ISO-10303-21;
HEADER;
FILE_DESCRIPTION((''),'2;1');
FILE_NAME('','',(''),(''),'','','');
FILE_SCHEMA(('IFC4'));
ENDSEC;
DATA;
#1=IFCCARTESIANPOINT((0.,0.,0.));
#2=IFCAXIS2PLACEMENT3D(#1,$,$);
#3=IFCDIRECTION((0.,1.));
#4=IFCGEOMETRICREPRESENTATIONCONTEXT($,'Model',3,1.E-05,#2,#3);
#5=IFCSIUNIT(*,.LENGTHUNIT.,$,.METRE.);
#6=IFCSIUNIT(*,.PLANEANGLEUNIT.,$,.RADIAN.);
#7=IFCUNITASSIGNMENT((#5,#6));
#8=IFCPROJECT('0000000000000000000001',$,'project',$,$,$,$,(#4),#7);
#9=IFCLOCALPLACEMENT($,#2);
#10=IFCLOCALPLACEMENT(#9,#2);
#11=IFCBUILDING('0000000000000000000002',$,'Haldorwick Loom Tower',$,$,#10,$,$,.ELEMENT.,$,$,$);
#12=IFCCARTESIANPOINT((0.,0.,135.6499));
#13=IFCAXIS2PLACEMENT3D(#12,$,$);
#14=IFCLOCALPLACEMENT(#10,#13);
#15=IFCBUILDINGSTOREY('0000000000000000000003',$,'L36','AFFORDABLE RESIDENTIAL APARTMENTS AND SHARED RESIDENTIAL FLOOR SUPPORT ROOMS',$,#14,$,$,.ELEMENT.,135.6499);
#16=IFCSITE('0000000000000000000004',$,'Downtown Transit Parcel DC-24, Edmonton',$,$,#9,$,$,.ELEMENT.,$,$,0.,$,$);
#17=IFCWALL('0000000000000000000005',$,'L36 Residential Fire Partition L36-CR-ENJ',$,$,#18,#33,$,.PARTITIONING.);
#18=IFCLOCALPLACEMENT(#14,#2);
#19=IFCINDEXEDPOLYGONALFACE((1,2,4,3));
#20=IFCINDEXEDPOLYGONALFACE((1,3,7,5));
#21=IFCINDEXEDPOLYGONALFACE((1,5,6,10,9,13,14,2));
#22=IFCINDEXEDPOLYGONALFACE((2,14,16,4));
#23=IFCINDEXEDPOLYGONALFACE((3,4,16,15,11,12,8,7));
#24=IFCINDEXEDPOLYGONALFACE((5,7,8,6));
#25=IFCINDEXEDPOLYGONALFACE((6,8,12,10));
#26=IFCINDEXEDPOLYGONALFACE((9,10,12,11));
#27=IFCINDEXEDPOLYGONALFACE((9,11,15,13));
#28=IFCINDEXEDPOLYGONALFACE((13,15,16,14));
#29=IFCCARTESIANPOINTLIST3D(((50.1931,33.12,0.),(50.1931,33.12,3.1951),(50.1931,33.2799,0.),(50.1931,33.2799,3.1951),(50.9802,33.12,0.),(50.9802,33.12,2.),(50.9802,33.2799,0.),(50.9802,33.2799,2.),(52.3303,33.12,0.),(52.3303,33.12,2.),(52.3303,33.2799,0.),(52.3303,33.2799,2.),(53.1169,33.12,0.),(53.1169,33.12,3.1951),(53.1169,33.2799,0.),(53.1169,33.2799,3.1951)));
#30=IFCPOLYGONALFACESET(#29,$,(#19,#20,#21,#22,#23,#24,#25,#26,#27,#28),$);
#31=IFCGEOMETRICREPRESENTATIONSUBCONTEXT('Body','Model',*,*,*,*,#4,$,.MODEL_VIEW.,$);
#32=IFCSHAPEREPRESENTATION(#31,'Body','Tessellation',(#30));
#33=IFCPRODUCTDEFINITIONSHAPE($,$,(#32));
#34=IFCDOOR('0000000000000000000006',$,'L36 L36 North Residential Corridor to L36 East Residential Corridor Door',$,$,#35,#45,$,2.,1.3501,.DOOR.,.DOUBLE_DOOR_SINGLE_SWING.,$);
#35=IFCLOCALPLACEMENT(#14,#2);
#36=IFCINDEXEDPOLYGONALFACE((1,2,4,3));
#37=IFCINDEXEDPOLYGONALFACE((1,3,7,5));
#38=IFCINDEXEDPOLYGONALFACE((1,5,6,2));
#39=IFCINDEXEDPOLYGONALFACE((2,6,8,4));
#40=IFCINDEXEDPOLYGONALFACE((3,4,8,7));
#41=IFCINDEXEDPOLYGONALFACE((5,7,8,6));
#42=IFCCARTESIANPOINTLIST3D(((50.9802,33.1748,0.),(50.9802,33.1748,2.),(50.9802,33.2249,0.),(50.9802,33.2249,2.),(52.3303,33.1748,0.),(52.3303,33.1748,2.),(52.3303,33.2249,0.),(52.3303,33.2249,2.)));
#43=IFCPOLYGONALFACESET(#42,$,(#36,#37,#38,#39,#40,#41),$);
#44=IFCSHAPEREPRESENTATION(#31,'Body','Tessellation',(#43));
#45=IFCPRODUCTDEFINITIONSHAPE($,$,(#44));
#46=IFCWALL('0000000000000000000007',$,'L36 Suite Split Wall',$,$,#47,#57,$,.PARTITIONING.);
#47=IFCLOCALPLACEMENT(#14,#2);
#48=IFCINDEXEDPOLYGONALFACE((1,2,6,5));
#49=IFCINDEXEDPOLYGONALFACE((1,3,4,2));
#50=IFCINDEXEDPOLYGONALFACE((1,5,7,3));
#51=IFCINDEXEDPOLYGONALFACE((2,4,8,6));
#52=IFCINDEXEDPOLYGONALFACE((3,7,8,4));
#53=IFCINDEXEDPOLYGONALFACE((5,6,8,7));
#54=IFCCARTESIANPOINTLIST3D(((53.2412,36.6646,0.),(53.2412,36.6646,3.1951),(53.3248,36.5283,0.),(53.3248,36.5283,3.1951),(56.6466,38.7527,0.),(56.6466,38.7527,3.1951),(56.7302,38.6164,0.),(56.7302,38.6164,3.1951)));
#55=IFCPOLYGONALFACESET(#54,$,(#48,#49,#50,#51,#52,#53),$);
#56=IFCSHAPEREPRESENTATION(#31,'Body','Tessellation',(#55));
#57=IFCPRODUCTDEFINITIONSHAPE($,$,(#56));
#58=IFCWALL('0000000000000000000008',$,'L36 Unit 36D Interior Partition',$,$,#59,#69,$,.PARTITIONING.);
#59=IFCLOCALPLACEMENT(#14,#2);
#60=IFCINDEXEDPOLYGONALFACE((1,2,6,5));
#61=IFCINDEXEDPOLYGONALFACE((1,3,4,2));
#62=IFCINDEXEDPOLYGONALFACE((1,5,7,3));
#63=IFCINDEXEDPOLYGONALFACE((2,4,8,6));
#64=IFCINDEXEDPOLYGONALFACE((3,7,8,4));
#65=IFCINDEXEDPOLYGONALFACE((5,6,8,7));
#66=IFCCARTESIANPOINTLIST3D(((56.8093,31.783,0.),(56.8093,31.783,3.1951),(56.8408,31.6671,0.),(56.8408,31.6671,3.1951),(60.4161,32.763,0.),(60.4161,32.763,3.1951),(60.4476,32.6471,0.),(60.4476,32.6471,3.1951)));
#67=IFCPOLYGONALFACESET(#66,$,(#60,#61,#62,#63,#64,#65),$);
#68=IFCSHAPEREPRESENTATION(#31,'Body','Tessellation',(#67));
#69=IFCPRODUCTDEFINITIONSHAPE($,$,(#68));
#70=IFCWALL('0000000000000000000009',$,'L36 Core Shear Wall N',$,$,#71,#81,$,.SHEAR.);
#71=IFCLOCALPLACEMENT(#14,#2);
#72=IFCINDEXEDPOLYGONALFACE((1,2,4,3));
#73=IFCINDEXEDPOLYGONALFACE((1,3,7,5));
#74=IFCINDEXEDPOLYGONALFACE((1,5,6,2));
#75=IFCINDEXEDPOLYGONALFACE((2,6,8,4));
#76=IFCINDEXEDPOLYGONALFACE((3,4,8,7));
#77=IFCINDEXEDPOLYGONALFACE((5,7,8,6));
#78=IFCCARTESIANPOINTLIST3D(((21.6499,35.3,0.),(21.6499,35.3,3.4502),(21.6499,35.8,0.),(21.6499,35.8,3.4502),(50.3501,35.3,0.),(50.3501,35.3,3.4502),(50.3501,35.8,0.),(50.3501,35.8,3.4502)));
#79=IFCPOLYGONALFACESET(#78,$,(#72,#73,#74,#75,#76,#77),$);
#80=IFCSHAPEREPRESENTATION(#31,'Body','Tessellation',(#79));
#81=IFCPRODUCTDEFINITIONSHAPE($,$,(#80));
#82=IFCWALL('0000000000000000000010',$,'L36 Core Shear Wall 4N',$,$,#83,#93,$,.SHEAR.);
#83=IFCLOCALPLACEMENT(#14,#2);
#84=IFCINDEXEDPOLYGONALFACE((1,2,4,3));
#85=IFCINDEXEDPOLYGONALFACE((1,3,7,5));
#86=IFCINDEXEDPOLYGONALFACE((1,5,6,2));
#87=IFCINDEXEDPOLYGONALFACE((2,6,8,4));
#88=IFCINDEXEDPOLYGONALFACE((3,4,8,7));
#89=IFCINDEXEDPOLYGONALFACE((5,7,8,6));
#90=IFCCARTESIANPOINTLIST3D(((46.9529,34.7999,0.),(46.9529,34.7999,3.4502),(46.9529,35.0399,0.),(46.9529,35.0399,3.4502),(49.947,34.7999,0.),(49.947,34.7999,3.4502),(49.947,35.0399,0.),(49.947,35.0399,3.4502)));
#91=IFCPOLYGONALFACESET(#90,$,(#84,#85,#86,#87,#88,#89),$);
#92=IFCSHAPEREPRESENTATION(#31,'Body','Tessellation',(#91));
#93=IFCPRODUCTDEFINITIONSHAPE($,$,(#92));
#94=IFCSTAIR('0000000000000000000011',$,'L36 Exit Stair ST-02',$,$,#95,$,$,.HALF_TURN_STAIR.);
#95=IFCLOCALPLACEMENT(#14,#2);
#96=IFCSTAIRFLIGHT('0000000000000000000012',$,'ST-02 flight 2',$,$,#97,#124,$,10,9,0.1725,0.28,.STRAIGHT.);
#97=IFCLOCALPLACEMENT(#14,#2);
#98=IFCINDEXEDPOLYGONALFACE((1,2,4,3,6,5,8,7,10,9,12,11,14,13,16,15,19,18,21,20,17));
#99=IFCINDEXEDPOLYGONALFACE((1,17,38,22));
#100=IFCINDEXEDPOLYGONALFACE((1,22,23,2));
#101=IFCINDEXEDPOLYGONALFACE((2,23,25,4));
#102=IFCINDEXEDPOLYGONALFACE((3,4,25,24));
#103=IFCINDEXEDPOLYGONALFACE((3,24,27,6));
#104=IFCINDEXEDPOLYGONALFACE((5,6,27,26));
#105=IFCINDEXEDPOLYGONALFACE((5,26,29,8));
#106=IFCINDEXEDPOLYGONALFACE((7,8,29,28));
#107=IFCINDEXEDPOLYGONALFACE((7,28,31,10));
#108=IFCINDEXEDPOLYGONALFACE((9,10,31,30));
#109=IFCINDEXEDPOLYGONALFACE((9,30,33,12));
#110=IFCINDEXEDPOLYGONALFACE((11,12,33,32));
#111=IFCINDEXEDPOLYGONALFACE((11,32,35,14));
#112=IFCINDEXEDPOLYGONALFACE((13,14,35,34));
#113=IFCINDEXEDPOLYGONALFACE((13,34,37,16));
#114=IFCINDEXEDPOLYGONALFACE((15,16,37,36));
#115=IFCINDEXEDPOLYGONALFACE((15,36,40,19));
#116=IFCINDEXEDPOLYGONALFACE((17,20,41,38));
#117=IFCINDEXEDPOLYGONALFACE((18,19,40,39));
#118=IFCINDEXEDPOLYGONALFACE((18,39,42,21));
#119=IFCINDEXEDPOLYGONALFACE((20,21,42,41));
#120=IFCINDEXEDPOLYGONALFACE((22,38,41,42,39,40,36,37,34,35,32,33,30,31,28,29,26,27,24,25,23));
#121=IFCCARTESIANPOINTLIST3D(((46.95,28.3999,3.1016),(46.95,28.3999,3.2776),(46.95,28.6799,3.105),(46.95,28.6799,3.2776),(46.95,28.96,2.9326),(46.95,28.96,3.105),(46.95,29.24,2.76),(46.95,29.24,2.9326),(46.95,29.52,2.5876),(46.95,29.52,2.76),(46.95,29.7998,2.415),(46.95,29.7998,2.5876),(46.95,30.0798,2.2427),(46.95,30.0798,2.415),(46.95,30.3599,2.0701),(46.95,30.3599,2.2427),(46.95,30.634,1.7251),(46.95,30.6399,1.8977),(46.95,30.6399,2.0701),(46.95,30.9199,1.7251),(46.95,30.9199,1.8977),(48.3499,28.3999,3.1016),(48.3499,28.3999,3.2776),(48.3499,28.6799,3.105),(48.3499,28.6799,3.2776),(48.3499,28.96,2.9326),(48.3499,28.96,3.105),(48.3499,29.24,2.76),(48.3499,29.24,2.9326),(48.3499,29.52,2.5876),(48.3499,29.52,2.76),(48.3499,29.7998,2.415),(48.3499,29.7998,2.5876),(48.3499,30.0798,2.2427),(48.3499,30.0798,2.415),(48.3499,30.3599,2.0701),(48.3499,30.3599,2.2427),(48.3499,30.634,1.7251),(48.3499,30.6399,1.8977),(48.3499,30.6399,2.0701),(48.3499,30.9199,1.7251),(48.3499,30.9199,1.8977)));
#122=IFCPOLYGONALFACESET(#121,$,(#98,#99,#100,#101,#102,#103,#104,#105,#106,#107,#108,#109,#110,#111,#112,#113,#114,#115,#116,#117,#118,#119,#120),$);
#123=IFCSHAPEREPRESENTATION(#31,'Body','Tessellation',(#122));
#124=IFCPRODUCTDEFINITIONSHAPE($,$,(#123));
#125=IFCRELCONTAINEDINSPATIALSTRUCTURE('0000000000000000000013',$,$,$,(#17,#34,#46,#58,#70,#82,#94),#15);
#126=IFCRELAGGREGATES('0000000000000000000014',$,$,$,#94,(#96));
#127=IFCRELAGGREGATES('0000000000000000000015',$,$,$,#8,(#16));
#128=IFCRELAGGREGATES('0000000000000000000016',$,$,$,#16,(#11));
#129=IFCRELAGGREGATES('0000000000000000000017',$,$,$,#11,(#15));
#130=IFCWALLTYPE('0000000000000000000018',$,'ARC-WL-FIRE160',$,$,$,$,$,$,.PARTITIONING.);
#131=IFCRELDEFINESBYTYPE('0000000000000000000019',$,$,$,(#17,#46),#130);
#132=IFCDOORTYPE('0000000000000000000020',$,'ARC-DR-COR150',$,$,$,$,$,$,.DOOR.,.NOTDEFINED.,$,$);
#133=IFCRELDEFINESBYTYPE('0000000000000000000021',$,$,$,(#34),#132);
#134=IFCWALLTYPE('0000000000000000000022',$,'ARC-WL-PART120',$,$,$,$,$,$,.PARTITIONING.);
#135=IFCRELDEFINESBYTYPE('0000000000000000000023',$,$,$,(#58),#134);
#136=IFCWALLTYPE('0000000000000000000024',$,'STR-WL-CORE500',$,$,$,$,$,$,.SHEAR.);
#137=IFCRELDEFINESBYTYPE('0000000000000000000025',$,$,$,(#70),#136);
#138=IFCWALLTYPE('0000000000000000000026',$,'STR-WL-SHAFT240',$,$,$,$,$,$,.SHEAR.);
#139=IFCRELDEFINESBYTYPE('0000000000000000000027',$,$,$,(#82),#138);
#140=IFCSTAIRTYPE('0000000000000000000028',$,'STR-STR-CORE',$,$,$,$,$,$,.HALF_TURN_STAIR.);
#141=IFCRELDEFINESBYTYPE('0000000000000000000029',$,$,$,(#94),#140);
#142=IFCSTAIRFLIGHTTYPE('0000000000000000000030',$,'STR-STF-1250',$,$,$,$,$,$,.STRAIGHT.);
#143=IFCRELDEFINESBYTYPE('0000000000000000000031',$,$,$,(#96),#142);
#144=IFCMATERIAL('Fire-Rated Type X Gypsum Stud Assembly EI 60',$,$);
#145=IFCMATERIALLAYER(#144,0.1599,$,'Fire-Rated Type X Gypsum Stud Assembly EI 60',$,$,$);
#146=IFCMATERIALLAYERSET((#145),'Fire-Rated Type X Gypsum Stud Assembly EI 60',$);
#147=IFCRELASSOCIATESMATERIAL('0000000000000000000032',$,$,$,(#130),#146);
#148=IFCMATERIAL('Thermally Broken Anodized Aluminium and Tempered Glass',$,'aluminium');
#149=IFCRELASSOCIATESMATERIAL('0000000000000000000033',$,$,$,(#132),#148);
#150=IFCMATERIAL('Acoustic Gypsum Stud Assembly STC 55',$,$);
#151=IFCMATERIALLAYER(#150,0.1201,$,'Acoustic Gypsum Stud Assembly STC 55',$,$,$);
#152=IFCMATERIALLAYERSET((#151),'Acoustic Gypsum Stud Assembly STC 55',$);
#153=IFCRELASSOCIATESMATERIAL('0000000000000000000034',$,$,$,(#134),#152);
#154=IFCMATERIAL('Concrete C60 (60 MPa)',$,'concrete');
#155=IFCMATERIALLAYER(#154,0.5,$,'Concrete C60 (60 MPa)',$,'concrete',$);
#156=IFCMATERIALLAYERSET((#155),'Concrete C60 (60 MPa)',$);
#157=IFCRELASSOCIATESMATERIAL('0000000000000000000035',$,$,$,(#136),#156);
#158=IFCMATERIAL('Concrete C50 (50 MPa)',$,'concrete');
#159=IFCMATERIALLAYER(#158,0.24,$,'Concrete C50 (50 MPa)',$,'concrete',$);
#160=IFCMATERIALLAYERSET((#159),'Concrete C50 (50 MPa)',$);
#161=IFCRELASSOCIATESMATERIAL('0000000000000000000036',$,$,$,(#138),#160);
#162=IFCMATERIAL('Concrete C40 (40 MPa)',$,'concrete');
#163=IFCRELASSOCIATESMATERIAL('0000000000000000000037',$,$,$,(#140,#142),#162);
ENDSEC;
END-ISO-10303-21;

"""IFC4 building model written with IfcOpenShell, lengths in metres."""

from ifc_helpers import new_model, si_unit, direction, frame, frame_2d, origin, place, context, subcontext, project, spatial, polyline, rectangle, outline, extrude, material, layer, layer_set, type_object, element, fill, aggregate, save


model = new_model("IFC4")

# Units and contexts
model_context = context("Model", 3, precision=1e-05, world=origin(), true_north=direction((0.0, 1.0)))
body_context = subcontext(model_context, "Body", "Model", "MODEL_VIEW")
ifc_project = project(units=[si_unit("LENGTHUNIT", "METRE"), si_unit("PLANEANGLEUNIT", "RADIAN")], contexts=[model_context])

# Site, building, storey
site_placement = place(None, origin())
site = spatial("IfcSite", under=ifc_project, at=site_placement, Name="Downtown Transit Parcel DC-24, Edmonton", CompositionType="ELEMENT", RefElevation=0.0)
building_placement = place(site_placement, origin())
building = spatial("IfcBuilding", under=site, at=building_placement, Name="Haldorwick Loom Tower", CompositionType="ELEMENT")
storey_placement = place(building_placement, frame((0.0, 0.0, 135.6499)))
storey = spatial("IfcBuildingStorey", under=building, at=storey_placement, Name="L36", Description="AFFORDABLE RESIDENTIAL APARTMENTS AND SHARED RESIDENTIAL FLOOR SUPPORT ROOMS", CompositionType="ELEMENT", Elevation=135.6499)

# Shared definitions
ifc_material_1 = material(Name="Concrete C60 (60 MPa)", Category="concrete")

# Wall, opening, door
ifc_material_2 = material(Name="Fire-Rated Type X Gypsum Stud Assembly EI 60")
ifc_layer_1 = layer(ifc_material_2, 0.1599, Name="Fire-Rated Type X Gypsum Stud Assembly EI 60")
ifc_layer_set_1 = layer_set([ifc_layer_1], Name="Fire-Rated Type X Gypsum Stud Assembly EI 60")
wall_type_1 = type_object("IfcWallType", Name="ARC-WL-FIRE160", PredefinedType="PARTITIONING", material=ifc_layer_set_1)
wall_1_placement = place(storey_placement, frame((50.1931, 33.2, 0.0), z_axis=(0.0, 0.0, 1.0), x_axis=(1.0, 0.0, 0.0)))
wall_1 = element("IfcWall", 1, at=wall_1_placement, inside=storey, type_object=wall_type_1, Name="L36 Residential Fire Partition L36-CR-ENJ", PredefinedType="PARTITIONING", context=body_context, shape_type="SweptSolid", body=[
    extrude(rectangle(XDim=2.9238, YDim=0.1599, at=frame_2d((1.4619, 0.0))), origin(), (0.0, 0.0, 1.0), 3.1951),
])
opening_1_placement = place(wall_1_placement, frame((0.7871, 0.0, 0.0)))
opening_1 = element("IfcOpeningElement", 2, at=opening_1_placement, cuts=wall_1, PredefinedType="OPENING", context=body_context, shape_type="SweptSolid", body=[
    extrude(rectangle(XDim=1.3501, YDim=2.0, at=frame_2d((0.675, 1.0))), frame((0.0, 0.0898, 0.0), z_axis=(0.0, -1.0, 0.0), x_axis=(1.0, 0.0, 0.0)), (0.0, 0.0, 1.0), 0.1799),
])
ifc_material_3 = material(Name="Thermally Broken Anodized Aluminium and Tempered Glass", Category="aluminium")
door_type = type_object("IfcDoorType", Name="ARC-DR-COR150", OperationType="NOTDEFINED", PredefinedType="DOOR", material=ifc_material_3)
door_placement = place(opening_1_placement, origin())
door = element("IfcDoor", 3, at=door_placement, inside=storey, type_object=door_type, Name="L36 L36 North Residential Corridor to L36 East Residential Corridor Door", OperationType="DOUBLE_DOOR_SINGLE_SWING", OverallHeight=2.0, OverallWidth=1.3501, PredefinedType="DOOR", context=body_context, shape_type="SweptSolid", body=[
    extrude(rectangle(XDim=1.3501, YDim=2.0, at=frame_2d((0.675, 1.0))), frame((0.0, 0.0249, 0.0), z_axis=(0.0, -1.0, 0.0), x_axis=(1.0, 0.0, 0.0)), (0.0, 0.0, 1.0), 0.05),
])
fill(opening_1, door)

# Walls
wall_2_placement = place(storey_placement, frame((53.283, 36.5964, 0.0), z_axis=(0.0, 0.0, 1.0), x_axis=(0.852503, 0.522723, 0.0)))
element("IfcWall", 4, at=wall_2_placement, inside=storey, type_object=wall_type_1, Name="L36 Suite Split Wall", PredefinedType="PARTITIONING", context=body_context, shape_type="SweptSolid", body=[
    extrude(rectangle(XDim=3.9946, YDim=0.1599, at=frame_2d((1.9973, 0.0))), origin(), (0.0, 0.0, 1.0), 3.1951),
])
ifc_material_4 = material(Name="Acoustic Gypsum Stud Assembly STC 55")
ifc_layer_2 = layer(ifc_material_4, 0.1201, Name="Acoustic Gypsum Stud Assembly STC 55")
ifc_layer_set_2 = layer_set([ifc_layer_2], Name="Acoustic Gypsum Stud Assembly STC 55")
wall_type_2 = type_object("IfcWallType", Name="ARC-WL-PART120", PredefinedType="PARTITIONING", material=ifc_layer_set_2)
wall_3_placement = place(storey_placement, frame((56.8252, 31.7251, 0.0), z_axis=(0.0, 0.0, 1.0), x_axis=(0.965012, 0.262205, 0.0)))
element("IfcWall", 5, at=wall_3_placement, inside=storey, type_object=wall_type_2, Name="L36 Unit 36D Interior Partition", PredefinedType="PARTITIONING", context=body_context, shape_type="SweptSolid", body=[
    extrude(rectangle(XDim=3.7375, YDim=0.1201, at=frame_2d((1.8687, 0.0))), origin(), (0.0, 0.0, 1.0), 3.1951),
])
ifc_layer_3 = layer(ifc_material_1, 0.5, Name="Concrete C60 (60 MPa)", Category="concrete")
ifc_layer_set_3 = layer_set([ifc_layer_3], Name="Concrete C60 (60 MPa)")
wall_type_3 = type_object("IfcWallType", Name="STR-WL-CORE500", PredefinedType="SHEAR", material=ifc_layer_set_3)
wall_4_placement = place(storey_placement, frame((50.3501, 35.55, 0.0), z_axis=(0.0, 0.0, 1.0), x_axis=(-1.0, 0.0, 0.0)))
element("IfcWall", 6, at=wall_4_placement, inside=storey, type_object=wall_type_3, Name="L36 Core Shear Wall N", PredefinedType="SHEAR", context=body_context, shape_type="SweptSolid", body=[
    extrude(rectangle(XDim=28.7002, YDim=0.5, at=frame_2d((14.3501, 0.0))), origin(), (0.0, 0.0, 1.0), 3.4502),
])
ifc_material_5 = material(Name="Concrete C50 (50 MPa)", Category="concrete")
ifc_layer_4 = layer(ifc_material_5, 0.24, Name="Concrete C50 (50 MPa)", Category="concrete")
ifc_layer_set_4 = layer_set([ifc_layer_4], Name="Concrete C50 (50 MPa)")
wall_type_4 = type_object("IfcWallType", Name="STR-WL-SHAFT240", PredefinedType="SHEAR", material=ifc_layer_set_4)
wall_5_placement = place(storey_placement, frame((46.9529, 34.9199, 0.0), z_axis=(0.0, 0.0, 1.0), x_axis=(1.0, 0.0, 0.0)))
element("IfcWall", 7, at=wall_5_placement, inside=storey, type_object=wall_type_4, Name="L36 Core Shear Wall 4N", PredefinedType="SHEAR", context=body_context, shape_type="SweptSolid", body=[
    extrude(rectangle(XDim=2.9941, YDim=0.24, at=frame_2d((1.4971, 0.0))), origin(), (0.0, 0.0, 1.0), 3.4502),
])

# Stair, stair flight
ifc_material_6 = material(Name="Concrete C40 (40 MPa)", Category="concrete")
stair_type = type_object("IfcStairType", Name="STR-STR-CORE", PredefinedType="HALF_TURN_STAIR", material=ifc_material_6)
stair_placement = place(storey_placement, origin())
stair = element("IfcStair", 8, at=stair_placement, inside=storey, type_object=stair_type, Name="L36 Exit Stair ST-02", PredefinedType="HALF_TURN_STAIR")
stair_flight_type = type_object("IfcStairFlightType", Name="STR-STF-1250", PredefinedType="STRAIGHT", material=ifc_material_6)
stair_flight_placement = place(storey_placement, frame((47.6499, 30.9199, 1.7251), z_axis=(0.0, 0.0, 1.0), x_axis=(0.0, -1.0, 0.0)))
stair_flight = element("IfcStairFlight", 9, at=stair_flight_placement, type_object=stair_flight_type, Name="ST-02 flight 2", NumberOfRisers=10, NumberOfTreads=9, PredefinedType="STRAIGHT", RiserHeight=0.1725, TreadLength=0.28, context=body_context, shape_type="SweptSolid", body=[
    extrude(outline(polyline([(0.0, 0.0), (0.0, 0.1726), (0.28, 0.1726), (0.28, 0.345), (0.5601, 0.345), (0.5601, 0.5176), (0.8401, 0.5176), (0.8401, 0.6899), (1.1201, 0.6899), (1.1201, 0.8625), (1.3999, 0.8625), (1.3999, 1.0349), (1.6799, 1.0349), (1.6799, 1.2075), (1.96, 1.2075), (1.96, 1.3799), (2.24, 1.3799), (2.24, 1.5525), (2.52, 1.5525), (2.52, 1.7251), (2.52, 1.3765), (0.2859, 0.0), (0.0, 0.0)])), frame((0.0, 0.7, 0.0), z_axis=(0.0, -1.0, 0.0), x_axis=(1.0, 0.0, 0.0)), (0.0, 0.0, 1.0), 1.3999),
])
aggregate(stair, [stair_flight])

save(model, "model.ifc")
